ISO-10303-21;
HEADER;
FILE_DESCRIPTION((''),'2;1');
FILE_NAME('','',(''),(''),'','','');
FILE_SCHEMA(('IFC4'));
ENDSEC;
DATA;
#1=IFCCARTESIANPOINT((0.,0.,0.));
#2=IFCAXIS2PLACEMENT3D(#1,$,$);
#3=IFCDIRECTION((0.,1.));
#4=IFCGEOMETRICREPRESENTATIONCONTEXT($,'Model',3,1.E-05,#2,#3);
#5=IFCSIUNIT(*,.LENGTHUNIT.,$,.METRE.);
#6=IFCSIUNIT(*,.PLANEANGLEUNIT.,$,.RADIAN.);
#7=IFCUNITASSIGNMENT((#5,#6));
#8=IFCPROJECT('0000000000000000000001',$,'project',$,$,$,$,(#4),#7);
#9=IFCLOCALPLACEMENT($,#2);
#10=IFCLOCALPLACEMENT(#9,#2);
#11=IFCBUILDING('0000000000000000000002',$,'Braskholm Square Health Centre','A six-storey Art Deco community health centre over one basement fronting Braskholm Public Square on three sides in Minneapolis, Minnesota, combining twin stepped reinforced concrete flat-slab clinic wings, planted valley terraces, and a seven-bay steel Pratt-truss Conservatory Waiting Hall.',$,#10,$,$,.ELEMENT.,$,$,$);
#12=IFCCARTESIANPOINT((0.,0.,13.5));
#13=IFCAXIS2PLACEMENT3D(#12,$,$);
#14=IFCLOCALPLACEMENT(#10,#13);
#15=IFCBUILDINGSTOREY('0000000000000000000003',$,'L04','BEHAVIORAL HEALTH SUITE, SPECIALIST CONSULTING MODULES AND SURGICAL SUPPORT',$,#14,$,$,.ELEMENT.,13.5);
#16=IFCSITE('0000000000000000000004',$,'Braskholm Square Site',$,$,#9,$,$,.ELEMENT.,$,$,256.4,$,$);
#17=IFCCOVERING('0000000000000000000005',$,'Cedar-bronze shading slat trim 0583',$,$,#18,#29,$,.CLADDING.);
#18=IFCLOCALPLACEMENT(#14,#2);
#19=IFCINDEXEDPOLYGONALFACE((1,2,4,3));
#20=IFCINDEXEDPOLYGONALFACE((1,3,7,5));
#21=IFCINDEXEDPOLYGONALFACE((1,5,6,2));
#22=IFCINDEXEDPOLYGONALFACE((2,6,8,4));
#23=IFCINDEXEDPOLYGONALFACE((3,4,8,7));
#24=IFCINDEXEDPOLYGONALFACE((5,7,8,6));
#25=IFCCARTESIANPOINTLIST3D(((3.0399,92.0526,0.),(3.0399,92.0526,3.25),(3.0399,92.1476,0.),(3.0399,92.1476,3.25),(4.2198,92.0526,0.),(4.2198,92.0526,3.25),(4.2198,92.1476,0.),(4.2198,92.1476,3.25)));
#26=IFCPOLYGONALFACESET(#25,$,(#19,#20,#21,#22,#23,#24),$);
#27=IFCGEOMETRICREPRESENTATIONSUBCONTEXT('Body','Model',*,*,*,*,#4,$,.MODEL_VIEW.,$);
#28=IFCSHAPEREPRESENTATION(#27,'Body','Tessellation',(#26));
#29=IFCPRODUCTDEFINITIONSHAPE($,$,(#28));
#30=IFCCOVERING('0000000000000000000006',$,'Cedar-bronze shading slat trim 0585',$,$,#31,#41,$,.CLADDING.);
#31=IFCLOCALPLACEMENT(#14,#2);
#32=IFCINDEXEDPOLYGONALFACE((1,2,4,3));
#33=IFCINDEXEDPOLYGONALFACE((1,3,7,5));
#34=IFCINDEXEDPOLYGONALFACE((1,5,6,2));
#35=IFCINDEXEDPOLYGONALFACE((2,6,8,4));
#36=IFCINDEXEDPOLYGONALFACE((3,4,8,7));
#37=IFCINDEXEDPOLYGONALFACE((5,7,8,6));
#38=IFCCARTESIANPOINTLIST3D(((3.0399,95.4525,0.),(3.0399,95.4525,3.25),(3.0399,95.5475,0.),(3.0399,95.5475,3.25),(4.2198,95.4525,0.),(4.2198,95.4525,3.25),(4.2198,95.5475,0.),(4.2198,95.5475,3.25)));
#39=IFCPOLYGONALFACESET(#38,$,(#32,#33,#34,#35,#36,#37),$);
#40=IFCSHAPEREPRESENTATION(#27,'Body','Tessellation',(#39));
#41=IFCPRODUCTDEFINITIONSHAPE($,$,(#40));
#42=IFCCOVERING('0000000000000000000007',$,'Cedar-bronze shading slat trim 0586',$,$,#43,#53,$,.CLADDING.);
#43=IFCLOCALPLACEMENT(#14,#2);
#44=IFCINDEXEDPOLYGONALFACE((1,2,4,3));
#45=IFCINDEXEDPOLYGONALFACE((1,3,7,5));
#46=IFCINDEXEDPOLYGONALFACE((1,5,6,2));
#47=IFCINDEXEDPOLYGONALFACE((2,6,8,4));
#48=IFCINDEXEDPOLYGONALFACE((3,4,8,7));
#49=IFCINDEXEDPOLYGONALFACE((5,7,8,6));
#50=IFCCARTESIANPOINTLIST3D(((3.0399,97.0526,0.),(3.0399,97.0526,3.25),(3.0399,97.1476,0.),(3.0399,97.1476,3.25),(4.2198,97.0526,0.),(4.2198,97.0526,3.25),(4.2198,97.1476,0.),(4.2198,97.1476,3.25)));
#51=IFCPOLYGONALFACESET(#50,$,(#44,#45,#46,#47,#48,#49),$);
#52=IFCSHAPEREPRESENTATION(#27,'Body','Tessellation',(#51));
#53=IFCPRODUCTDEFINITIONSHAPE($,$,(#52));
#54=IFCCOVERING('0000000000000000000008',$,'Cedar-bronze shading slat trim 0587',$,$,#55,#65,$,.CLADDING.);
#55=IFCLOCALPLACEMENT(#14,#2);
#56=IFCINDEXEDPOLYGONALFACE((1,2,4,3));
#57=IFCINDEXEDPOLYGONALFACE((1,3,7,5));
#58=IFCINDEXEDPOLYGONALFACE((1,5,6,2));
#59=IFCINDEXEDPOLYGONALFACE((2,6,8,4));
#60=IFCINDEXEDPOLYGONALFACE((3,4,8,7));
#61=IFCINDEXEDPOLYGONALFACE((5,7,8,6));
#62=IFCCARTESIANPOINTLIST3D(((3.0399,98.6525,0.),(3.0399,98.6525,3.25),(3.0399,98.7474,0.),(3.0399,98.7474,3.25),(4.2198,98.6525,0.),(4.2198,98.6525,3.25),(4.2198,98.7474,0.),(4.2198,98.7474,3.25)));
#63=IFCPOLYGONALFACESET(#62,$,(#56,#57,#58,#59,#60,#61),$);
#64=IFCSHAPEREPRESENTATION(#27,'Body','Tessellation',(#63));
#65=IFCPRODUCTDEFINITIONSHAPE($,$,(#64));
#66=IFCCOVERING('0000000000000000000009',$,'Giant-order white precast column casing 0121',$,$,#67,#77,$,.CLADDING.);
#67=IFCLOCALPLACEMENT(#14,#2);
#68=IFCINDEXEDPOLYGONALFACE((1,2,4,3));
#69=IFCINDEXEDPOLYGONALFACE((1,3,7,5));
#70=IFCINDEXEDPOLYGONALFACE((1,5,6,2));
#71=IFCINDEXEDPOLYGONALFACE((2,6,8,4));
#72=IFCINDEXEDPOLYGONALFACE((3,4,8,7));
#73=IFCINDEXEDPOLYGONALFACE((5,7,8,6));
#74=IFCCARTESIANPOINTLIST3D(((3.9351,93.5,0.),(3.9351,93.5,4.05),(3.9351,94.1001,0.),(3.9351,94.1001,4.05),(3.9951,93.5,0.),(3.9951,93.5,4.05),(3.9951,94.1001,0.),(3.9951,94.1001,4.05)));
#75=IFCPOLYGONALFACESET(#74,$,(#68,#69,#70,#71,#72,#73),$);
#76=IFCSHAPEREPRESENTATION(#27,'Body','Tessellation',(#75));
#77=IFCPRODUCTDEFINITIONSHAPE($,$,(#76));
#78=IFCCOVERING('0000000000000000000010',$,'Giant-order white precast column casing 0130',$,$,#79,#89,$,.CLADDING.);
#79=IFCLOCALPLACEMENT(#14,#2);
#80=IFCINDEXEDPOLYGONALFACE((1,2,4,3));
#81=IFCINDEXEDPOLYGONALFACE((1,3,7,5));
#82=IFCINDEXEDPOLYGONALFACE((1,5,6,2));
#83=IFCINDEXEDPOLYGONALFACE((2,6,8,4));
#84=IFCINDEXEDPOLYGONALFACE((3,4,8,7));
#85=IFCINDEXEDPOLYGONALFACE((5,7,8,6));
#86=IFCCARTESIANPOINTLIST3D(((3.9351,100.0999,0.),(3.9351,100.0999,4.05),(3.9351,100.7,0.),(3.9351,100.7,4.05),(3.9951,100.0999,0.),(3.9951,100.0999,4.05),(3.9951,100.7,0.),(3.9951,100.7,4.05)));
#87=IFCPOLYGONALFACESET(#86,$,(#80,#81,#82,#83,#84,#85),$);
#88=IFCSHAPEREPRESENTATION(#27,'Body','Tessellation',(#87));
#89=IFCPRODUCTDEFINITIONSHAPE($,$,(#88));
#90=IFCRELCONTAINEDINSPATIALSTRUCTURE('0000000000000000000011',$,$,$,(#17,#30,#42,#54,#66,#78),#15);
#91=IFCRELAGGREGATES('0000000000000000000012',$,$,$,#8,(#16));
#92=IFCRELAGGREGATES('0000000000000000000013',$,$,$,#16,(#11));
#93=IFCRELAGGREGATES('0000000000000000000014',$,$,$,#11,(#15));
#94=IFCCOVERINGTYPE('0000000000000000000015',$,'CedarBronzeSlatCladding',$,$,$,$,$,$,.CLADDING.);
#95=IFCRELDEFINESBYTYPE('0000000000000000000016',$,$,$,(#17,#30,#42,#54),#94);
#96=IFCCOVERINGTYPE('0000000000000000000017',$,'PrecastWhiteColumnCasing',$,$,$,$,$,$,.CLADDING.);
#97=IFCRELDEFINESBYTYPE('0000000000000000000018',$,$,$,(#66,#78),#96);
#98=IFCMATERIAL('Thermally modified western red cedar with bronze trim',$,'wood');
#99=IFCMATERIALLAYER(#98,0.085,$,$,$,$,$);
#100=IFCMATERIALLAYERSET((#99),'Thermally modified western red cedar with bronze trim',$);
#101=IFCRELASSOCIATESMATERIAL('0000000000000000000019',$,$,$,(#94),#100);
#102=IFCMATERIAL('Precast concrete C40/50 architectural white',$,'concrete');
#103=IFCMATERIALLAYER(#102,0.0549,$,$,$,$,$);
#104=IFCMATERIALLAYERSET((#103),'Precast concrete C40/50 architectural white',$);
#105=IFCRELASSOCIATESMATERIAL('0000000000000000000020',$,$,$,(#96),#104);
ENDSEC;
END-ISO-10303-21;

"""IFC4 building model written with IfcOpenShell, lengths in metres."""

from ifc_helpers import new_model, si_unit, direction, frame, origin, origin_2d, place, context, subcontext, project, spatial, rectangle, extrude, material, layer, layer_set, type_object, element, save


model = new_model("IFC4")

# Units and contexts
model_context = context("Model", 3, precision=1e-05, world=origin(), true_north=direction((0.0, 1.0)))
body_context = subcontext(model_context, "Body", "Model", "MODEL_VIEW")
ifc_project = project(units=[si_unit("LENGTHUNIT", "METRE"), si_unit("PLANEANGLEUNIT", "RADIAN")], contexts=[model_context])

# Site, building, storey
site_placement = place(None, origin())
site = spatial("IfcSite", under=ifc_project, at=site_placement, Name="Braskholm Square Site", CompositionType="ELEMENT", RefElevation=256.4)
building_placement = place(site_placement, origin())
building = spatial("IfcBuilding", under=site, at=building_placement, Name="Braskholm Square Health Centre", Description="A six-storey Art Deco community health centre over one basement fronting Braskholm Public Square on three sides in Minneapolis, Minnesota, combining twin stepped reinforced concrete flat-slab clinic wings, planted valley terraces, and a seven-bay steel Pratt-truss Conservatory Waiting Hall.", CompositionType="ELEMENT")
storey_placement = place(building_placement, frame((0.0, 0.0, 13.5)))
storey = spatial("IfcBuildingStorey", under=building, at=storey_placement, Name="L04", Description="BEHAVIORAL HEALTH SUITE, SPECIALIST CONSULTING MODULES AND SURGICAL SUPPORT", CompositionType="ELEMENT", Elevation=13.5)

# Shared definitions
ifc_material_1 = material(Name="Precast concrete C40/50 architectural white", Category="concrete")

# Shared definitions
ifc_material_2 = material(Name="Thermally modified western red cedar with bronze trim", Category="wood")

# Coverings
ifc_layer_1 = layer(ifc_material_2, 0.085)
ifc_layer_set_1 = layer_set([ifc_layer_1], Name="Thermally modified western red cedar with bronze trim")
covering_type_1 = type_object("IfcCoveringType", Name="CedarBronzeSlatCladding", PredefinedType="CLADDING", material=ifc_layer_set_1)
for number, where, z_axis, x_axis, name in (
    (1, (3.6299, 92.1001, 0.0), (0.0, 0.0, 1.0), (1.0, 0.0, 0.0), "Cedar-bronze shading slat trim 0583"),
    (2, (3.6299, 95.5, 0.0), (0.0, 0.0, 1.0), (1.0, 0.0, 0.0), "Cedar-bronze shading slat trim 0585"),
    (3, (3.6299, 97.1001, 0.0), (0.0, 0.0, 1.0), (1.0, 0.0, 0.0), "Cedar-bronze shading slat trim 0586"),
    (4, (3.6299, 98.7, 0.0), (0.0, 0.0, 1.0), (1.0, 0.0, 0.0), "Cedar-bronze shading slat trim 0587"),
):
    element("IfcCovering", number, at=place(storey_placement, frame(where, z_axis=z_axis, x_axis=x_axis)), inside=storey, type_object=covering_type_1, Name=name, PredefinedType="CLADDING", context=body_context, shape_type="SweptSolid", body=[
        extrude(rectangle(XDim=1.1799, YDim=0.095, at=origin_2d()), origin(), (0.0, 0.0, 1.0), 3.25),
    ])
ifc_layer_2 = layer(ifc_material_1, 0.0549)
ifc_layer_set_2 = layer_set([ifc_layer_2], Name="Precast concrete C40/50 architectural white")
covering_type_2 = type_object("IfcCoveringType", Name="PrecastWhiteColumnCasing", PredefinedType="CLADDING", material=ifc_layer_set_2)
for number, where, z_axis, x_axis, name in (
    (5, (3.9651, 93.8, 0.0), (0.0, 0.0, 1.0), (1.0, 0.0, 0.0), "Giant-order white precast column casing 0121"),
    (6, (3.9651, 100.3999, 0.0), (0.0, 0.0, 1.0), (1.0, 0.0, 0.0), "Giant-order white precast column casing 0130"),
):
    element("IfcCovering", number, at=place(storey_placement, frame(where, z_axis=z_axis, x_axis=x_axis)), inside=storey, type_object=covering_type_2, Name=name, PredefinedType="CLADDING", context=body_context, shape_type="SweptSolid", body=[
        extrude(rectangle(XDim=0.0601, YDim=0.6001, at=origin_2d()), origin(), (0.0, 0.0, 1.0), 4.05),
    ])

save(model, "model.ifc")
